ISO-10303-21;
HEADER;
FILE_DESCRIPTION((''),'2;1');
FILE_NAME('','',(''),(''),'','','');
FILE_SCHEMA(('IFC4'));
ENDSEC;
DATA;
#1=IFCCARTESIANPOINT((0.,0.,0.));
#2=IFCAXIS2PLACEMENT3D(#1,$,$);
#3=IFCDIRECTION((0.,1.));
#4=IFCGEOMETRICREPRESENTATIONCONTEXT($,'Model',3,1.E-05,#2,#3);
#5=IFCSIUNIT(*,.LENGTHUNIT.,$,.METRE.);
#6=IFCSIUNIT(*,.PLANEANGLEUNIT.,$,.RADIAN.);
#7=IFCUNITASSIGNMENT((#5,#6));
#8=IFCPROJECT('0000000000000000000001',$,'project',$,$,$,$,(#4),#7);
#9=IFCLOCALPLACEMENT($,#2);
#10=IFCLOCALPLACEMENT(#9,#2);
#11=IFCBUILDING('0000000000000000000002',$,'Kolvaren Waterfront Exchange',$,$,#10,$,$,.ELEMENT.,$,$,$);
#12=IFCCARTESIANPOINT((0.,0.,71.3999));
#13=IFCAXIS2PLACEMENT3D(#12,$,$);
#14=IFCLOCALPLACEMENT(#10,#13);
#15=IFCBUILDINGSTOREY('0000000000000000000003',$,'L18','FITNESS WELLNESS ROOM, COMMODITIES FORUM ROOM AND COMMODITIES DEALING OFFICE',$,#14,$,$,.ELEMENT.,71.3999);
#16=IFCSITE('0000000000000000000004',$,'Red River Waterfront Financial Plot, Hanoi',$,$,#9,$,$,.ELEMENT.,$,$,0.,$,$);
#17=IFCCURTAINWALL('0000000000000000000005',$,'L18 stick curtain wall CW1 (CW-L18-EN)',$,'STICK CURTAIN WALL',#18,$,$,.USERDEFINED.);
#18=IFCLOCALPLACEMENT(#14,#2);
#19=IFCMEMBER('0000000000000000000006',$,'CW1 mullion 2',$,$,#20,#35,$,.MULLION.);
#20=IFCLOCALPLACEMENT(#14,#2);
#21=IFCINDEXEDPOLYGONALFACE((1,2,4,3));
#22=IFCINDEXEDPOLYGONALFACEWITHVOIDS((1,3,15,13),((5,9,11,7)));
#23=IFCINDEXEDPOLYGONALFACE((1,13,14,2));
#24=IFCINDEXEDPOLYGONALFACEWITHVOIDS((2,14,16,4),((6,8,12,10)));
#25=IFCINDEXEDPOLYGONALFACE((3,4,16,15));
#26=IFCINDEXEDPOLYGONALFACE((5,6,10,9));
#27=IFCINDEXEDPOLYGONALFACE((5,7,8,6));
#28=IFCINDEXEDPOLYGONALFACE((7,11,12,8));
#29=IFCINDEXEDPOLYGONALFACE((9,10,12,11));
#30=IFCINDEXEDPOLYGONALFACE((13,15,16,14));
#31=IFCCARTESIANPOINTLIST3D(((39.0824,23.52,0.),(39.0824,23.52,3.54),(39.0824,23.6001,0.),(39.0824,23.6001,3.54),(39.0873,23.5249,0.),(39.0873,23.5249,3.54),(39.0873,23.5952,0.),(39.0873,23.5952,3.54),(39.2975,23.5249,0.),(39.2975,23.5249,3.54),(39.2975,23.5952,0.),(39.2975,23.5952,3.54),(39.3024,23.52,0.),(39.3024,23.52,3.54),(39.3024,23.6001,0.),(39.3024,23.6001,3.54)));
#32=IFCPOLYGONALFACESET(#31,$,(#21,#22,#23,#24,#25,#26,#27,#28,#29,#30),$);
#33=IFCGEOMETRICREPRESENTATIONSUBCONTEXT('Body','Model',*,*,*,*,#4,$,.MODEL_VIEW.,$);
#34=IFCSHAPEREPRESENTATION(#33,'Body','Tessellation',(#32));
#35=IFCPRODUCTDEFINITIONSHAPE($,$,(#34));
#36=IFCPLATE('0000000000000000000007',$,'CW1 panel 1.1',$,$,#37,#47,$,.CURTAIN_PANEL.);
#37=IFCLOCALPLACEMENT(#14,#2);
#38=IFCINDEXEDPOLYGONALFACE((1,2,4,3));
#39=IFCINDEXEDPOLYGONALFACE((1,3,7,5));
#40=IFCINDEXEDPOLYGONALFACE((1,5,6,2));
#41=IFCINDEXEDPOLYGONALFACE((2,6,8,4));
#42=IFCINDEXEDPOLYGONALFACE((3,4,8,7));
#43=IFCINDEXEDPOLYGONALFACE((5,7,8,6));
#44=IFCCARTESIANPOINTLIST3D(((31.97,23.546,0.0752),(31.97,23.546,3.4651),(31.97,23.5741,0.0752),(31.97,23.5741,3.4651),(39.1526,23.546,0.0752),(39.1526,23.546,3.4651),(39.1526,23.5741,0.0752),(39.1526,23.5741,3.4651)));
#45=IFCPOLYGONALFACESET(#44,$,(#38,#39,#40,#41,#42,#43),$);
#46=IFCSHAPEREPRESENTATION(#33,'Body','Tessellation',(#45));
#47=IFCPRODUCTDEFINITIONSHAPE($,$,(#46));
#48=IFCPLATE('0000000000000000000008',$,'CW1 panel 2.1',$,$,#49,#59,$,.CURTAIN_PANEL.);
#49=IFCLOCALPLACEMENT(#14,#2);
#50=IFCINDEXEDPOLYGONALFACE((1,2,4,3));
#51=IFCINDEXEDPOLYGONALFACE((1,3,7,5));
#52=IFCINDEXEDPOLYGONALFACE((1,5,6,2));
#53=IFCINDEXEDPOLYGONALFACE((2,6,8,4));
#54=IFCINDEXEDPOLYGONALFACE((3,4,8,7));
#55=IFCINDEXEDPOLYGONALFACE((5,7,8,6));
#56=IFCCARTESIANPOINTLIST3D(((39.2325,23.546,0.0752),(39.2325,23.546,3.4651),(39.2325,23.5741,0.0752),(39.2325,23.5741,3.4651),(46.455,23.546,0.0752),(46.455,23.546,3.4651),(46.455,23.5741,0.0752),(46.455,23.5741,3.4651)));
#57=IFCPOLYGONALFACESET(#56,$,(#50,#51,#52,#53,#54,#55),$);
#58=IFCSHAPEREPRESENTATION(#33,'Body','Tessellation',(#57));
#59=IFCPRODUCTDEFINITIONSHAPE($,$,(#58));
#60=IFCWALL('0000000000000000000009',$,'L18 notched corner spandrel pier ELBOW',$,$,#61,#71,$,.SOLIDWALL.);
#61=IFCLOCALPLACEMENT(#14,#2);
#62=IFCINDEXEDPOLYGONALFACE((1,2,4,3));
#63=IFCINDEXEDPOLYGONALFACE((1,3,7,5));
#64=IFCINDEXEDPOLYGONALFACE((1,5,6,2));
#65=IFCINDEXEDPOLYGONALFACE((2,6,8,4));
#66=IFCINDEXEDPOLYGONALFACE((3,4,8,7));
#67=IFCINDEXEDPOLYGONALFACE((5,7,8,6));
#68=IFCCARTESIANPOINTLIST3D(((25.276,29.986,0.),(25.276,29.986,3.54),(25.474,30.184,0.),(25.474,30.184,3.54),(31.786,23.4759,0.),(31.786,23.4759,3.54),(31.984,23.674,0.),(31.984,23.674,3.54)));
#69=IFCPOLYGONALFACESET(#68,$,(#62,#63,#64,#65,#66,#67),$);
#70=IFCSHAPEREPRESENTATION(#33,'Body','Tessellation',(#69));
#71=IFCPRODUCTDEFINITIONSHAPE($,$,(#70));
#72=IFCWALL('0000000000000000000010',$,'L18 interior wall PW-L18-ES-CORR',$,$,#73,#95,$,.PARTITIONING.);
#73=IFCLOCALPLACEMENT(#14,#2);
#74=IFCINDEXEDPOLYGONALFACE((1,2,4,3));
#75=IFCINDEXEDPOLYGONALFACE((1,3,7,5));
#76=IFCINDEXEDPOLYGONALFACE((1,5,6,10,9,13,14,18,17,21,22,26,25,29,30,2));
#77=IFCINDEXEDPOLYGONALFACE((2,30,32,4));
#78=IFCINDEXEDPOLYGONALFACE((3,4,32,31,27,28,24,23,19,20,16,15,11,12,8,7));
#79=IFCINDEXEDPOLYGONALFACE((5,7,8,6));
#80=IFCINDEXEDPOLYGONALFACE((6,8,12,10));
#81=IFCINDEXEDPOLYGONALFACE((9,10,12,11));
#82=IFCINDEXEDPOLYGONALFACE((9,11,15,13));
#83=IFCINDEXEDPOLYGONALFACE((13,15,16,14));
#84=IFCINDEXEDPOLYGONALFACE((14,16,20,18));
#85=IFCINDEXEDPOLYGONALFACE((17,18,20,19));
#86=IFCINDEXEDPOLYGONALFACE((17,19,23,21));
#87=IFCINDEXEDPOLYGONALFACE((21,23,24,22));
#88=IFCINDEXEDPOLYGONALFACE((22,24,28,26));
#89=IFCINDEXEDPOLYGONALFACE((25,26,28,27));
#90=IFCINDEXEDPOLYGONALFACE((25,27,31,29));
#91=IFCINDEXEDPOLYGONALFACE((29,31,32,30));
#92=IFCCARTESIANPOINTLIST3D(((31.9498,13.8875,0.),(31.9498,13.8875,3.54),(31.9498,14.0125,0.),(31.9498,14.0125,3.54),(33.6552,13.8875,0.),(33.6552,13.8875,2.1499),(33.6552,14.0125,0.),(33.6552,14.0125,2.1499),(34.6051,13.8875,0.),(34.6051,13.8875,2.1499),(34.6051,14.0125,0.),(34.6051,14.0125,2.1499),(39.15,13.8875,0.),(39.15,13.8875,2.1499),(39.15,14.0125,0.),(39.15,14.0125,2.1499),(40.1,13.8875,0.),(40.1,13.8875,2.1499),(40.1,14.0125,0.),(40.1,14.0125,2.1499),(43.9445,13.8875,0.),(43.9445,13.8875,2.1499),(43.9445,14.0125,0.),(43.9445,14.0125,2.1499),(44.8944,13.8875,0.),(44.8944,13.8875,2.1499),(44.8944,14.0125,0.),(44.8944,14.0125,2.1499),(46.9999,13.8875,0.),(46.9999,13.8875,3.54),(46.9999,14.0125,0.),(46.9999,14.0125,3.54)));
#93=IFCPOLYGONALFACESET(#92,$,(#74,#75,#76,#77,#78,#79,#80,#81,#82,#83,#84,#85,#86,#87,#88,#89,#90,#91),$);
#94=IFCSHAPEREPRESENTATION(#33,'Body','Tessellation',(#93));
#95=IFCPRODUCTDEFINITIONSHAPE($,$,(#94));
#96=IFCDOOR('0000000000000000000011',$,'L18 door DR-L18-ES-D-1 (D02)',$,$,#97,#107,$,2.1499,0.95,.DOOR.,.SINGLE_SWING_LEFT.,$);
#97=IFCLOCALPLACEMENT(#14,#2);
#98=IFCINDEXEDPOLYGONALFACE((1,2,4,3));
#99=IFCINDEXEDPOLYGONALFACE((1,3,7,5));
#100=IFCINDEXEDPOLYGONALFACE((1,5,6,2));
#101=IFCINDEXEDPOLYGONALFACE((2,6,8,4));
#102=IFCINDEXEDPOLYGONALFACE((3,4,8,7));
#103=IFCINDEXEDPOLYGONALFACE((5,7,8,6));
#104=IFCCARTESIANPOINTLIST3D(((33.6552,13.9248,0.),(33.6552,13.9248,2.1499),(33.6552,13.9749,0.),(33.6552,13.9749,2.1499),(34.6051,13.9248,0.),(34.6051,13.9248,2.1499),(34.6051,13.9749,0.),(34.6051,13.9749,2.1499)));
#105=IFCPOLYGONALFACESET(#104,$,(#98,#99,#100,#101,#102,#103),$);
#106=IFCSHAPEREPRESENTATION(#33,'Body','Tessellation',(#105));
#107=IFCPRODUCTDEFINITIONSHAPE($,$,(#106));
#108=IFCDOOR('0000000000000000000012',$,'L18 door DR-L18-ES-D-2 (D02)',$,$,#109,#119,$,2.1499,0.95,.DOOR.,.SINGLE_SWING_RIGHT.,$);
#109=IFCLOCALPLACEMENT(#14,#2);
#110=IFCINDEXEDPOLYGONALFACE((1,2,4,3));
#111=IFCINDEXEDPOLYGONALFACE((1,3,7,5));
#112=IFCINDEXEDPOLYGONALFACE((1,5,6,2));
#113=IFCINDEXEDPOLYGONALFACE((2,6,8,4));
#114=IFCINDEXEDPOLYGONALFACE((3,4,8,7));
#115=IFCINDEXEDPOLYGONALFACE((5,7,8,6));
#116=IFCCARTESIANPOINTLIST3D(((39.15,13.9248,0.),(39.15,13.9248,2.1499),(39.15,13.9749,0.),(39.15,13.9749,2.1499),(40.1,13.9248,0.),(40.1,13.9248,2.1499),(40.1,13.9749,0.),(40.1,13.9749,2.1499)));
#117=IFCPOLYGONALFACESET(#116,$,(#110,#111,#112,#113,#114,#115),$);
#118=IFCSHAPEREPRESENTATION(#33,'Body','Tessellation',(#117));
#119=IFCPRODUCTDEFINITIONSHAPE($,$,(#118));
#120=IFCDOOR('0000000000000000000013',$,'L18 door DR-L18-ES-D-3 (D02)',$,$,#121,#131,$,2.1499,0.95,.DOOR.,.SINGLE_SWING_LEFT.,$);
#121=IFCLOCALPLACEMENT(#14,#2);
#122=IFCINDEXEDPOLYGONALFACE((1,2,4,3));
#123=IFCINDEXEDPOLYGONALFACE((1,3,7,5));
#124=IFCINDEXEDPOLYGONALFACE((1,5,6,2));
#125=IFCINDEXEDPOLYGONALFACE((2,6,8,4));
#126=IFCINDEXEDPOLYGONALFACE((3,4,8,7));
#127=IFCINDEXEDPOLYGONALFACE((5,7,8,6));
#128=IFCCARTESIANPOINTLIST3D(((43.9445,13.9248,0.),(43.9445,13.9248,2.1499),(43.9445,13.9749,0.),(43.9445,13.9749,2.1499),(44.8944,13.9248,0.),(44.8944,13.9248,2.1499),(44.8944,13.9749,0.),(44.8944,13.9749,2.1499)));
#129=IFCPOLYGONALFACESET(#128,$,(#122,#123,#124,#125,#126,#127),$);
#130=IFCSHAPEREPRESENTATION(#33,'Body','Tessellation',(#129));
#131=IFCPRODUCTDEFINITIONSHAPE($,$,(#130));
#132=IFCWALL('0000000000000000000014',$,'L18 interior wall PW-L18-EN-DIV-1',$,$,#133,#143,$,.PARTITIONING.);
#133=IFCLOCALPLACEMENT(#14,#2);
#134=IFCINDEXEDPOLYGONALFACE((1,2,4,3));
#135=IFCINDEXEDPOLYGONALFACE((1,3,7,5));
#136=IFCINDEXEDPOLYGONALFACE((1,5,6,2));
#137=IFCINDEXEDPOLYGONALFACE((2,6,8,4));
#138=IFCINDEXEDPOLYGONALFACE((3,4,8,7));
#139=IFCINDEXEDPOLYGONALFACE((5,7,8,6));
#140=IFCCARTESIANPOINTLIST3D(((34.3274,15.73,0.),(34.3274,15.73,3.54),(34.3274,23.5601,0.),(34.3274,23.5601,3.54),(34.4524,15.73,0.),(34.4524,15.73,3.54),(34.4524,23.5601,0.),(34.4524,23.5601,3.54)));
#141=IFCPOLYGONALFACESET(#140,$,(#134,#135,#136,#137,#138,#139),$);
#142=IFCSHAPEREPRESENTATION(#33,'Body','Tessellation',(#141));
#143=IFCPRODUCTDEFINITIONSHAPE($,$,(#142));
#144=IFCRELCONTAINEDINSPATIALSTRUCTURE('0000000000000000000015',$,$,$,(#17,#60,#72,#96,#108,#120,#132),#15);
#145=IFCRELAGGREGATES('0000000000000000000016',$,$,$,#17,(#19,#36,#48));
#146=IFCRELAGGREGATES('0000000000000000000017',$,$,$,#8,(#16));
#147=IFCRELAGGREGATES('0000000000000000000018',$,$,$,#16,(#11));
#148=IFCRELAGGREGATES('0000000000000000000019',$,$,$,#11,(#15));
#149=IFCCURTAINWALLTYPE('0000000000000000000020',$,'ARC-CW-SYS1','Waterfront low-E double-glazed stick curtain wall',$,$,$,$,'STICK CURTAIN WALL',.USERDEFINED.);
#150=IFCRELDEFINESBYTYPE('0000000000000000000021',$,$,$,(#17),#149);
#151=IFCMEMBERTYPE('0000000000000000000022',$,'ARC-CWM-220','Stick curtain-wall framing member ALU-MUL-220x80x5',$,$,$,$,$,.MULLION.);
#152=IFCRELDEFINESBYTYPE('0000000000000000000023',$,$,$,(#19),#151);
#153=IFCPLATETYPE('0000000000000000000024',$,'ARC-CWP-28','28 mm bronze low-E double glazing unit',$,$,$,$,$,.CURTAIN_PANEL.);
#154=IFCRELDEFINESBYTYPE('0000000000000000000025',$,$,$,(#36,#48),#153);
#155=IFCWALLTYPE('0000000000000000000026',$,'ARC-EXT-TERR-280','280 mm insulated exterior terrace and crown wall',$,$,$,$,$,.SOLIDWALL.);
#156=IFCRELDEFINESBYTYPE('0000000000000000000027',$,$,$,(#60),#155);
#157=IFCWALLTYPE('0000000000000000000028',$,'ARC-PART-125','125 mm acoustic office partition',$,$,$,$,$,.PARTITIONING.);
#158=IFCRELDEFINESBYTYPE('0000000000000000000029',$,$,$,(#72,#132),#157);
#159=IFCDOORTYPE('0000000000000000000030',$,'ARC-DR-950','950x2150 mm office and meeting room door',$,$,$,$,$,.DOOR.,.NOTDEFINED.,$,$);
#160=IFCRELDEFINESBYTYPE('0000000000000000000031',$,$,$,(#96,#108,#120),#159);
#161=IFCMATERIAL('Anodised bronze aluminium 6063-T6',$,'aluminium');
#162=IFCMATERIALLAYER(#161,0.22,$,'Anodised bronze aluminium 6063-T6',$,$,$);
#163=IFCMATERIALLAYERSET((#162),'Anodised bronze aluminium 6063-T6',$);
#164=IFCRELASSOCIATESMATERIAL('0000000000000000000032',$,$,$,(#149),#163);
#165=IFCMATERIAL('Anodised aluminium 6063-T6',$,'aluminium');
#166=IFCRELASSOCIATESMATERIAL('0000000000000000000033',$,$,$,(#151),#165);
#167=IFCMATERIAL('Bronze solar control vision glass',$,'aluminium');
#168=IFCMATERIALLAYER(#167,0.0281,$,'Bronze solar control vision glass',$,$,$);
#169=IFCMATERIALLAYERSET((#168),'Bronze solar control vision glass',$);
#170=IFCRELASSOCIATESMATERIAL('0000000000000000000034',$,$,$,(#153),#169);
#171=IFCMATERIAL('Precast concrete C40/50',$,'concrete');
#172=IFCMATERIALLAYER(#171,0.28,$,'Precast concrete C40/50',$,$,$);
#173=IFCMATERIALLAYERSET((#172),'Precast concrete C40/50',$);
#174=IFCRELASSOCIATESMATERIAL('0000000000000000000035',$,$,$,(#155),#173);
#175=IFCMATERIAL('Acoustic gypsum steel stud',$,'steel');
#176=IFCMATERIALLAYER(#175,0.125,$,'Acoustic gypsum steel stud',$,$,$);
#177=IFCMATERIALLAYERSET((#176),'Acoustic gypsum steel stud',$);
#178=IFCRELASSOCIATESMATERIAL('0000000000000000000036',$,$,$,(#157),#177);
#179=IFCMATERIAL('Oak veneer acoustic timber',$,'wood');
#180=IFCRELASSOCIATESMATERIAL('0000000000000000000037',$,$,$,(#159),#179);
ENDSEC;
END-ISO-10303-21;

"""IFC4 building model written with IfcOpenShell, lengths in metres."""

from ifc_helpers import new_model, si_unit, direction, frame, frame_2d, origin, origin_with_axes, origin_2d, place, context, subcontext, project, spatial, rectangle, hollow_rectangle, extrude, source, transform, mapped, material, layer, layer_set, material_profile, profile_set, type_object, element, fill, aggregate, save


model = new_model("IFC4")

# Units and contexts
model_context = context("Model", 3, precision=1e-05, world=origin(), true_north=direction((0.0, 1.0)))
body_context = subcontext(model_context, "Body", "Model", "MODEL_VIEW")
ifc_project = project(units=[si_unit("LENGTHUNIT", "METRE"), si_unit("PLANEANGLEUNIT", "RADIAN")], contexts=[model_context])

# Site, building, storey
site_placement = place(None, origin())
site = spatial("IfcSite", under=ifc_project, at=site_placement, Name="Red River Waterfront Financial Plot, Hanoi", CompositionType="ELEMENT", RefElevation=0.0)
building_placement = place(site_placement, origin())
building = spatial("IfcBuilding", under=site, at=building_placement, Name="Kolvaren Waterfront Exchange", CompositionType="ELEMENT")
storey_placement = place(building_placement, frame((0.0, 0.0, 71.3999)))
storey = spatial("IfcBuildingStorey", under=building, at=storey_placement, Name="L18", Description="FITNESS WELLNESS ROOM, COMMODITIES FORUM ROOM AND COMMODITIES DEALING OFFICE", CompositionType="ELEMENT", Elevation=71.3999)

# Curtain wall, member, plates
ifc_material_1 = material(Name="Anodised bronze aluminium 6063-T6", Category="aluminium")
ifc_layer_1 = layer(ifc_material_1, 0.22, Name="Anodised bronze aluminium 6063-T6")
ifc_layer_set_1 = layer_set([ifc_layer_1], Name="Anodised bronze aluminium 6063-T6")
curtain_wall_type = type_object("IfcCurtainWallType", Name="ARC-CW-SYS1", Description="Waterfront low-E double-glazed stick curtain wall", ElementType="STICK CURTAIN WALL", PredefinedType="USERDEFINED", material=ifc_layer_set_1)
curtain_wall_placement = place(storey_placement, origin())
curtain_wall = element("IfcCurtainWall", 1, at=curtain_wall_placement, inside=storey, type_object=curtain_wall_type, Name="L18 stick curtain wall CW1 (CW-L18-EN)", ObjectType="STICK CURTAIN WALL", PredefinedType="USERDEFINED")
ifc_material_2 = material(Name="Anodised aluminium 6063-T6", Category="aluminium")
ifc_material_profile_1 = material_profile(ifc_material_2, hollow_rectangle(XDim=0.0801, YDim=0.22, WallThickness=0.0049, at=origin_2d()), Name="ALU-MUL-220x80x5")
ifc_profile_set_1 = profile_set([ifc_material_profile_1], Name="Anodised aluminium 6063-T6")
member_type_1 = type_object("IfcMemberType", Name="ARC-CWM-220", Description="Stick curtain-wall framing member ALU-MUL-220x80x5", PredefinedType="MULLION", material=ifc_profile_set_1)
shared_shape_1 = source(origin_with_axes(), body_context, "Body", "SweptSolid", [
    extrude(hollow_rectangle(XDim=0.0801, YDim=0.22, WallThickness=0.0049, at=origin_2d()), origin(), (0.0, 0.0, 1.0), 3.54),
])
member_1_placement = place(storey_placement, frame((39.1924, 23.5601, 0.0), z_axis=(0.0, 0.0, 1.0), x_axis=(0.0, 1.0, 0.0)))
member_1 = element("IfcMember", 2, at=member_1_placement, type_object=member_type_1, Name="CW1 mullion 2", PredefinedType="MULLION", context=body_context, shape_type="MappedRepresentation", body=[
    mapped(shared_shape_1, transform((0.0, 0.0, 0.0), x_axis=(1.0, 0.0, 0.0), y_axis=(0.0, 1.0, 0.0), z_axis=(0.0, 0.0, 1.0), scale=1.0)),
])
ifc_material_3 = material(Name="Bronze solar control vision glass", Category="aluminium")
ifc_layer_2 = layer(ifc_material_3, 0.0281, Name="Bronze solar control vision glass")
ifc_layer_set_2 = layer_set([ifc_layer_2], Name="Bronze solar control vision glass")
plate_type = type_object("IfcPlateType", Name="ARC-CWP-28", Description="28 mm bronze low-E double glazing unit", PredefinedType="CURTAIN_PANEL", material=ifc_layer_set_2)
shared_shape_2 = source(origin_with_axes(), body_context, "Body", "SweptSolid", [
    extrude(rectangle(XDim=7.1826, YDim=0.0281, at=origin_2d()), origin(), (0.0, 0.0, 1.0), 3.3899),
])
plate_1_placement = place(storey_placement, frame((35.5613, 23.5601, 0.0752), z_axis=(0.0, 0.0, 1.0), x_axis=(1.0, 0.0, 0.0)))
plate_1 = element("IfcPlate", 3, at=plate_1_placement, type_object=plate_type, Name="CW1 panel 1.1", PredefinedType="CURTAIN_PANEL", context=body_context, shape_type="MappedRepresentation", body=[
    mapped(shared_shape_2, transform((0.0, 0.0, 0.0), x_axis=(1.0, 0.0, 0.0), y_axis=(0.0, 1.0, 0.0), z_axis=(0.0, 0.0, 1.0), scale=1.0)),
])
shared_shape_3 = source(origin_with_axes(), body_context, "Body", "SweptSolid", [
    extrude(rectangle(XDim=7.2224, YDim=0.0281, at=origin_2d()), origin(), (0.0, 0.0, 1.0), 3.3899),
])
plate_2_placement = place(storey_placement, frame((42.8438, 23.5601, 0.0752), z_axis=(0.0, 0.0, 1.0), x_axis=(1.0, 0.0, 0.0)))
plate_2 = element("IfcPlate", 4, at=plate_2_placement, type_object=plate_type, Name="CW1 panel 2.1", PredefinedType="CURTAIN_PANEL", context=body_context, shape_type="MappedRepresentation", body=[
    mapped(shared_shape_3, transform((0.0, 0.0, 0.0), x_axis=(1.0, 0.0, 0.0), y_axis=(0.0, 1.0, 0.0), z_axis=(0.0, 0.0, 1.0), scale=1.0)),
])
aggregate(curtain_wall, [member_1, plate_1, plate_2])

# Wall
ifc_material_4 = material(Name="Precast concrete C40/50", Category="concrete")
ifc_layer_3 = layer(ifc_material_4, 0.28, Name="Precast concrete C40/50")
ifc_layer_set_3 = layer_set([ifc_layer_3], Name="Precast concrete C40/50")
wall_type_1 = type_object("IfcWallType", Name="ARC-EXT-TERR-280", Description="280 mm insulated exterior terrace and crown wall", PredefinedType="SOLIDWALL", material=ifc_layer_set_3)
wall_1_placement = place(storey_placement, frame((31.885, 23.575, 0.0), z_axis=(0.0, 0.0, 1.0), x_axis=(-0.707107, 0.707107, 0.0)))
element("IfcWall", 5, at=wall_1_placement, inside=storey, type_object=wall_type_1, Name="L18 notched corner spandrel pier ELBOW", PredefinedType="SOLIDWALL", context=body_context, shape_type="SweptSolid", body=[
    extrude(rectangle(XDim=9.2065, YDim=0.28, at=frame_2d((4.6033, 0.0))), origin(), (0.0, 0.0, 1.0), 3.54),
])

# Wall, openings, doors
ifc_material_5 = material(Name="Acoustic gypsum steel stud", Category="steel")
ifc_layer_4 = layer(ifc_material_5, 0.125, Name="Acoustic gypsum steel stud")
ifc_layer_set_4 = layer_set([ifc_layer_4], Name="Acoustic gypsum steel stud")
wall_type_2 = type_object("IfcWallType", Name="ARC-PART-125", Description="125 mm acoustic office partition", PredefinedType="PARTITIONING", material=ifc_layer_set_4)
wall_2_placement = place(storey_placement, frame((31.95, 13.95, 0.0), z_axis=(0.0, 0.0, 1.0), x_axis=(1.0, 0.0, 0.0)))
wall_2 = element("IfcWall", 6, at=wall_2_placement, inside=storey, type_object=wall_type_2, Name="L18 interior wall PW-L18-ES-CORR", PredefinedType="PARTITIONING", context=body_context, shape_type="SweptSolid", body=[
    extrude(rectangle(XDim=15.05, YDim=0.125, at=frame_2d((7.5249, 0.0))), origin(), (0.0, 0.0, 1.0), 3.54),
])
opening_1_placement = place(wall_2_placement, frame((1.7051, 0.0, 0.0)))
opening_1 = element("IfcOpeningElement", 7, at=opening_1_placement, cuts=wall_2, PredefinedType="OPENING", context=body_context, shape_type="SweptSolid", body=[
    extrude(rectangle(XDim=0.95, YDim=2.1499, at=frame_2d((0.4751, 1.075))), frame((0.0, 0.0725, 0.0), z_axis=(0.0, -1.0, 0.0), x_axis=(1.0, 0.0, 0.0)), (0.0, 0.0, 1.0), 0.145),
])
opening_2_placement = place(wall_2_placement, frame((7.2, 0.0, 0.0)))
opening_2 = element("IfcOpeningElement", 8, at=opening_2_placement, cuts=wall_2, PredefinedType="OPENING", context=body_context, shape_type="SweptSolid", body=[
    extrude(rectangle(XDim=0.95, YDim=2.1499, at=frame_2d((0.4751, 1.075))), frame((0.0, 0.0725, 0.0), z_axis=(0.0, -1.0, 0.0), x_axis=(1.0, 0.0, 0.0)), (0.0, 0.0, 1.0), 0.145),
])
opening_3_placement = place(wall_2_placement, frame((11.9944, 0.0, 0.0)))
opening_3 = element("IfcOpeningElement", 9, at=opening_3_placement, cuts=wall_2, PredefinedType="OPENING", context=body_context, shape_type="SweptSolid", body=[
    extrude(rectangle(XDim=0.95, YDim=2.1499, at=frame_2d((0.4751, 1.075))), frame((0.0, 0.0725, 0.0), z_axis=(0.0, -1.0, 0.0), x_axis=(1.0, 0.0, 0.0)), (0.0, 0.0, 1.0), 0.145),
])
ifc_material_6 = material(Name="Oak veneer acoustic timber", Category="wood")
door_type_1 = type_object("IfcDoorType", Name="ARC-DR-950", Description="950x2150 mm office and meeting room door", OperationType="NOTDEFINED", PredefinedType="DOOR", material=ifc_material_6)
door_1_placement = place(opening_1_placement, origin())
door_1 = element("IfcDoor", 10, at=door_1_placement, inside=storey, type_object=door_type_1, Name="L18 door DR-L18-ES-D-1 (D02)", OperationType="SINGLE_SWING_LEFT", OverallHeight=2.1499, OverallWidth=0.95, PredefinedType="DOOR", context=body_context, shape_type="SweptSolid", body=[
    extrude(rectangle(XDim=0.95, YDim=2.1499, at=frame_2d((0.4751, 1.075))), frame((0.0, 0.0249, 0.0), z_axis=(0.0, -1.0, 0.0), x_axis=(1.0, 0.0, 0.0)), (0.0, 0.0, 1.0), 0.05),
])
fill(opening_1, door_1)
door_2_placement = place(opening_2_placement, origin())
door_2 = element("IfcDoor", 11, at=door_2_placement, inside=storey, type_object=door_type_1, Name="L18 door DR-L18-ES-D-2 (D02)", OperationType="SINGLE_SWING_RIGHT", OverallHeight=2.1499, OverallWidth=0.95, PredefinedType="DOOR", context=body_context, shape_type="SweptSolid", body=[
    extrude(rectangle(XDim=0.95, YDim=2.1499, at=frame_2d((0.4751, 1.075))), frame((0.0, 0.0249, 0.0), z_axis=(0.0, -1.0, 0.0), x_axis=(1.0, 0.0, 0.0)), (0.0, 0.0, 1.0), 0.05),
])
fill(opening_2, door_2)
door_3_placement = place(opening_3_placement, origin())
door_3 = element("IfcDoor", 12, at=door_3_placement, inside=storey, type_object=door_type_1, Name="L18 door DR-L18-ES-D-3 (D02)", OperationType="SINGLE_SWING_LEFT", OverallHeight=2.1499, OverallWidth=0.95, PredefinedType="DOOR", context=body_context, shape_type="SweptSolid", body=[
    extrude(rectangle(XDim=0.95, YDim=2.1499, at=frame_2d((0.4751, 1.075))), frame((0.0, 0.0249, 0.0), z_axis=(0.0, -1.0, 0.0), x_axis=(1.0, 0.0, 0.0)), (0.0, 0.0, 1.0), 0.05),
])
fill(opening_3, door_3)

# Wall
wall_3_placement = place(storey_placement, frame((34.3899, 15.73, 0.0), z_axis=(0.0, 0.0, 1.0), x_axis=(0.0, 1.0, 0.0)))
element("IfcWall", 13, at=wall_3_placement, inside=storey, type_object=wall_type_2, Name="L18 interior wall PW-L18-EN-DIV-1", PredefinedType="PARTITIONING", context=body_context, shape_type="SweptSolid", body=[
    extrude(rectangle(XDim=7.8301, YDim=0.125, at=frame_2d((3.915, 0.0))), origin(), (0.0, 0.0, 1.0), 3.54),
])

save(model, "model.ifc")
